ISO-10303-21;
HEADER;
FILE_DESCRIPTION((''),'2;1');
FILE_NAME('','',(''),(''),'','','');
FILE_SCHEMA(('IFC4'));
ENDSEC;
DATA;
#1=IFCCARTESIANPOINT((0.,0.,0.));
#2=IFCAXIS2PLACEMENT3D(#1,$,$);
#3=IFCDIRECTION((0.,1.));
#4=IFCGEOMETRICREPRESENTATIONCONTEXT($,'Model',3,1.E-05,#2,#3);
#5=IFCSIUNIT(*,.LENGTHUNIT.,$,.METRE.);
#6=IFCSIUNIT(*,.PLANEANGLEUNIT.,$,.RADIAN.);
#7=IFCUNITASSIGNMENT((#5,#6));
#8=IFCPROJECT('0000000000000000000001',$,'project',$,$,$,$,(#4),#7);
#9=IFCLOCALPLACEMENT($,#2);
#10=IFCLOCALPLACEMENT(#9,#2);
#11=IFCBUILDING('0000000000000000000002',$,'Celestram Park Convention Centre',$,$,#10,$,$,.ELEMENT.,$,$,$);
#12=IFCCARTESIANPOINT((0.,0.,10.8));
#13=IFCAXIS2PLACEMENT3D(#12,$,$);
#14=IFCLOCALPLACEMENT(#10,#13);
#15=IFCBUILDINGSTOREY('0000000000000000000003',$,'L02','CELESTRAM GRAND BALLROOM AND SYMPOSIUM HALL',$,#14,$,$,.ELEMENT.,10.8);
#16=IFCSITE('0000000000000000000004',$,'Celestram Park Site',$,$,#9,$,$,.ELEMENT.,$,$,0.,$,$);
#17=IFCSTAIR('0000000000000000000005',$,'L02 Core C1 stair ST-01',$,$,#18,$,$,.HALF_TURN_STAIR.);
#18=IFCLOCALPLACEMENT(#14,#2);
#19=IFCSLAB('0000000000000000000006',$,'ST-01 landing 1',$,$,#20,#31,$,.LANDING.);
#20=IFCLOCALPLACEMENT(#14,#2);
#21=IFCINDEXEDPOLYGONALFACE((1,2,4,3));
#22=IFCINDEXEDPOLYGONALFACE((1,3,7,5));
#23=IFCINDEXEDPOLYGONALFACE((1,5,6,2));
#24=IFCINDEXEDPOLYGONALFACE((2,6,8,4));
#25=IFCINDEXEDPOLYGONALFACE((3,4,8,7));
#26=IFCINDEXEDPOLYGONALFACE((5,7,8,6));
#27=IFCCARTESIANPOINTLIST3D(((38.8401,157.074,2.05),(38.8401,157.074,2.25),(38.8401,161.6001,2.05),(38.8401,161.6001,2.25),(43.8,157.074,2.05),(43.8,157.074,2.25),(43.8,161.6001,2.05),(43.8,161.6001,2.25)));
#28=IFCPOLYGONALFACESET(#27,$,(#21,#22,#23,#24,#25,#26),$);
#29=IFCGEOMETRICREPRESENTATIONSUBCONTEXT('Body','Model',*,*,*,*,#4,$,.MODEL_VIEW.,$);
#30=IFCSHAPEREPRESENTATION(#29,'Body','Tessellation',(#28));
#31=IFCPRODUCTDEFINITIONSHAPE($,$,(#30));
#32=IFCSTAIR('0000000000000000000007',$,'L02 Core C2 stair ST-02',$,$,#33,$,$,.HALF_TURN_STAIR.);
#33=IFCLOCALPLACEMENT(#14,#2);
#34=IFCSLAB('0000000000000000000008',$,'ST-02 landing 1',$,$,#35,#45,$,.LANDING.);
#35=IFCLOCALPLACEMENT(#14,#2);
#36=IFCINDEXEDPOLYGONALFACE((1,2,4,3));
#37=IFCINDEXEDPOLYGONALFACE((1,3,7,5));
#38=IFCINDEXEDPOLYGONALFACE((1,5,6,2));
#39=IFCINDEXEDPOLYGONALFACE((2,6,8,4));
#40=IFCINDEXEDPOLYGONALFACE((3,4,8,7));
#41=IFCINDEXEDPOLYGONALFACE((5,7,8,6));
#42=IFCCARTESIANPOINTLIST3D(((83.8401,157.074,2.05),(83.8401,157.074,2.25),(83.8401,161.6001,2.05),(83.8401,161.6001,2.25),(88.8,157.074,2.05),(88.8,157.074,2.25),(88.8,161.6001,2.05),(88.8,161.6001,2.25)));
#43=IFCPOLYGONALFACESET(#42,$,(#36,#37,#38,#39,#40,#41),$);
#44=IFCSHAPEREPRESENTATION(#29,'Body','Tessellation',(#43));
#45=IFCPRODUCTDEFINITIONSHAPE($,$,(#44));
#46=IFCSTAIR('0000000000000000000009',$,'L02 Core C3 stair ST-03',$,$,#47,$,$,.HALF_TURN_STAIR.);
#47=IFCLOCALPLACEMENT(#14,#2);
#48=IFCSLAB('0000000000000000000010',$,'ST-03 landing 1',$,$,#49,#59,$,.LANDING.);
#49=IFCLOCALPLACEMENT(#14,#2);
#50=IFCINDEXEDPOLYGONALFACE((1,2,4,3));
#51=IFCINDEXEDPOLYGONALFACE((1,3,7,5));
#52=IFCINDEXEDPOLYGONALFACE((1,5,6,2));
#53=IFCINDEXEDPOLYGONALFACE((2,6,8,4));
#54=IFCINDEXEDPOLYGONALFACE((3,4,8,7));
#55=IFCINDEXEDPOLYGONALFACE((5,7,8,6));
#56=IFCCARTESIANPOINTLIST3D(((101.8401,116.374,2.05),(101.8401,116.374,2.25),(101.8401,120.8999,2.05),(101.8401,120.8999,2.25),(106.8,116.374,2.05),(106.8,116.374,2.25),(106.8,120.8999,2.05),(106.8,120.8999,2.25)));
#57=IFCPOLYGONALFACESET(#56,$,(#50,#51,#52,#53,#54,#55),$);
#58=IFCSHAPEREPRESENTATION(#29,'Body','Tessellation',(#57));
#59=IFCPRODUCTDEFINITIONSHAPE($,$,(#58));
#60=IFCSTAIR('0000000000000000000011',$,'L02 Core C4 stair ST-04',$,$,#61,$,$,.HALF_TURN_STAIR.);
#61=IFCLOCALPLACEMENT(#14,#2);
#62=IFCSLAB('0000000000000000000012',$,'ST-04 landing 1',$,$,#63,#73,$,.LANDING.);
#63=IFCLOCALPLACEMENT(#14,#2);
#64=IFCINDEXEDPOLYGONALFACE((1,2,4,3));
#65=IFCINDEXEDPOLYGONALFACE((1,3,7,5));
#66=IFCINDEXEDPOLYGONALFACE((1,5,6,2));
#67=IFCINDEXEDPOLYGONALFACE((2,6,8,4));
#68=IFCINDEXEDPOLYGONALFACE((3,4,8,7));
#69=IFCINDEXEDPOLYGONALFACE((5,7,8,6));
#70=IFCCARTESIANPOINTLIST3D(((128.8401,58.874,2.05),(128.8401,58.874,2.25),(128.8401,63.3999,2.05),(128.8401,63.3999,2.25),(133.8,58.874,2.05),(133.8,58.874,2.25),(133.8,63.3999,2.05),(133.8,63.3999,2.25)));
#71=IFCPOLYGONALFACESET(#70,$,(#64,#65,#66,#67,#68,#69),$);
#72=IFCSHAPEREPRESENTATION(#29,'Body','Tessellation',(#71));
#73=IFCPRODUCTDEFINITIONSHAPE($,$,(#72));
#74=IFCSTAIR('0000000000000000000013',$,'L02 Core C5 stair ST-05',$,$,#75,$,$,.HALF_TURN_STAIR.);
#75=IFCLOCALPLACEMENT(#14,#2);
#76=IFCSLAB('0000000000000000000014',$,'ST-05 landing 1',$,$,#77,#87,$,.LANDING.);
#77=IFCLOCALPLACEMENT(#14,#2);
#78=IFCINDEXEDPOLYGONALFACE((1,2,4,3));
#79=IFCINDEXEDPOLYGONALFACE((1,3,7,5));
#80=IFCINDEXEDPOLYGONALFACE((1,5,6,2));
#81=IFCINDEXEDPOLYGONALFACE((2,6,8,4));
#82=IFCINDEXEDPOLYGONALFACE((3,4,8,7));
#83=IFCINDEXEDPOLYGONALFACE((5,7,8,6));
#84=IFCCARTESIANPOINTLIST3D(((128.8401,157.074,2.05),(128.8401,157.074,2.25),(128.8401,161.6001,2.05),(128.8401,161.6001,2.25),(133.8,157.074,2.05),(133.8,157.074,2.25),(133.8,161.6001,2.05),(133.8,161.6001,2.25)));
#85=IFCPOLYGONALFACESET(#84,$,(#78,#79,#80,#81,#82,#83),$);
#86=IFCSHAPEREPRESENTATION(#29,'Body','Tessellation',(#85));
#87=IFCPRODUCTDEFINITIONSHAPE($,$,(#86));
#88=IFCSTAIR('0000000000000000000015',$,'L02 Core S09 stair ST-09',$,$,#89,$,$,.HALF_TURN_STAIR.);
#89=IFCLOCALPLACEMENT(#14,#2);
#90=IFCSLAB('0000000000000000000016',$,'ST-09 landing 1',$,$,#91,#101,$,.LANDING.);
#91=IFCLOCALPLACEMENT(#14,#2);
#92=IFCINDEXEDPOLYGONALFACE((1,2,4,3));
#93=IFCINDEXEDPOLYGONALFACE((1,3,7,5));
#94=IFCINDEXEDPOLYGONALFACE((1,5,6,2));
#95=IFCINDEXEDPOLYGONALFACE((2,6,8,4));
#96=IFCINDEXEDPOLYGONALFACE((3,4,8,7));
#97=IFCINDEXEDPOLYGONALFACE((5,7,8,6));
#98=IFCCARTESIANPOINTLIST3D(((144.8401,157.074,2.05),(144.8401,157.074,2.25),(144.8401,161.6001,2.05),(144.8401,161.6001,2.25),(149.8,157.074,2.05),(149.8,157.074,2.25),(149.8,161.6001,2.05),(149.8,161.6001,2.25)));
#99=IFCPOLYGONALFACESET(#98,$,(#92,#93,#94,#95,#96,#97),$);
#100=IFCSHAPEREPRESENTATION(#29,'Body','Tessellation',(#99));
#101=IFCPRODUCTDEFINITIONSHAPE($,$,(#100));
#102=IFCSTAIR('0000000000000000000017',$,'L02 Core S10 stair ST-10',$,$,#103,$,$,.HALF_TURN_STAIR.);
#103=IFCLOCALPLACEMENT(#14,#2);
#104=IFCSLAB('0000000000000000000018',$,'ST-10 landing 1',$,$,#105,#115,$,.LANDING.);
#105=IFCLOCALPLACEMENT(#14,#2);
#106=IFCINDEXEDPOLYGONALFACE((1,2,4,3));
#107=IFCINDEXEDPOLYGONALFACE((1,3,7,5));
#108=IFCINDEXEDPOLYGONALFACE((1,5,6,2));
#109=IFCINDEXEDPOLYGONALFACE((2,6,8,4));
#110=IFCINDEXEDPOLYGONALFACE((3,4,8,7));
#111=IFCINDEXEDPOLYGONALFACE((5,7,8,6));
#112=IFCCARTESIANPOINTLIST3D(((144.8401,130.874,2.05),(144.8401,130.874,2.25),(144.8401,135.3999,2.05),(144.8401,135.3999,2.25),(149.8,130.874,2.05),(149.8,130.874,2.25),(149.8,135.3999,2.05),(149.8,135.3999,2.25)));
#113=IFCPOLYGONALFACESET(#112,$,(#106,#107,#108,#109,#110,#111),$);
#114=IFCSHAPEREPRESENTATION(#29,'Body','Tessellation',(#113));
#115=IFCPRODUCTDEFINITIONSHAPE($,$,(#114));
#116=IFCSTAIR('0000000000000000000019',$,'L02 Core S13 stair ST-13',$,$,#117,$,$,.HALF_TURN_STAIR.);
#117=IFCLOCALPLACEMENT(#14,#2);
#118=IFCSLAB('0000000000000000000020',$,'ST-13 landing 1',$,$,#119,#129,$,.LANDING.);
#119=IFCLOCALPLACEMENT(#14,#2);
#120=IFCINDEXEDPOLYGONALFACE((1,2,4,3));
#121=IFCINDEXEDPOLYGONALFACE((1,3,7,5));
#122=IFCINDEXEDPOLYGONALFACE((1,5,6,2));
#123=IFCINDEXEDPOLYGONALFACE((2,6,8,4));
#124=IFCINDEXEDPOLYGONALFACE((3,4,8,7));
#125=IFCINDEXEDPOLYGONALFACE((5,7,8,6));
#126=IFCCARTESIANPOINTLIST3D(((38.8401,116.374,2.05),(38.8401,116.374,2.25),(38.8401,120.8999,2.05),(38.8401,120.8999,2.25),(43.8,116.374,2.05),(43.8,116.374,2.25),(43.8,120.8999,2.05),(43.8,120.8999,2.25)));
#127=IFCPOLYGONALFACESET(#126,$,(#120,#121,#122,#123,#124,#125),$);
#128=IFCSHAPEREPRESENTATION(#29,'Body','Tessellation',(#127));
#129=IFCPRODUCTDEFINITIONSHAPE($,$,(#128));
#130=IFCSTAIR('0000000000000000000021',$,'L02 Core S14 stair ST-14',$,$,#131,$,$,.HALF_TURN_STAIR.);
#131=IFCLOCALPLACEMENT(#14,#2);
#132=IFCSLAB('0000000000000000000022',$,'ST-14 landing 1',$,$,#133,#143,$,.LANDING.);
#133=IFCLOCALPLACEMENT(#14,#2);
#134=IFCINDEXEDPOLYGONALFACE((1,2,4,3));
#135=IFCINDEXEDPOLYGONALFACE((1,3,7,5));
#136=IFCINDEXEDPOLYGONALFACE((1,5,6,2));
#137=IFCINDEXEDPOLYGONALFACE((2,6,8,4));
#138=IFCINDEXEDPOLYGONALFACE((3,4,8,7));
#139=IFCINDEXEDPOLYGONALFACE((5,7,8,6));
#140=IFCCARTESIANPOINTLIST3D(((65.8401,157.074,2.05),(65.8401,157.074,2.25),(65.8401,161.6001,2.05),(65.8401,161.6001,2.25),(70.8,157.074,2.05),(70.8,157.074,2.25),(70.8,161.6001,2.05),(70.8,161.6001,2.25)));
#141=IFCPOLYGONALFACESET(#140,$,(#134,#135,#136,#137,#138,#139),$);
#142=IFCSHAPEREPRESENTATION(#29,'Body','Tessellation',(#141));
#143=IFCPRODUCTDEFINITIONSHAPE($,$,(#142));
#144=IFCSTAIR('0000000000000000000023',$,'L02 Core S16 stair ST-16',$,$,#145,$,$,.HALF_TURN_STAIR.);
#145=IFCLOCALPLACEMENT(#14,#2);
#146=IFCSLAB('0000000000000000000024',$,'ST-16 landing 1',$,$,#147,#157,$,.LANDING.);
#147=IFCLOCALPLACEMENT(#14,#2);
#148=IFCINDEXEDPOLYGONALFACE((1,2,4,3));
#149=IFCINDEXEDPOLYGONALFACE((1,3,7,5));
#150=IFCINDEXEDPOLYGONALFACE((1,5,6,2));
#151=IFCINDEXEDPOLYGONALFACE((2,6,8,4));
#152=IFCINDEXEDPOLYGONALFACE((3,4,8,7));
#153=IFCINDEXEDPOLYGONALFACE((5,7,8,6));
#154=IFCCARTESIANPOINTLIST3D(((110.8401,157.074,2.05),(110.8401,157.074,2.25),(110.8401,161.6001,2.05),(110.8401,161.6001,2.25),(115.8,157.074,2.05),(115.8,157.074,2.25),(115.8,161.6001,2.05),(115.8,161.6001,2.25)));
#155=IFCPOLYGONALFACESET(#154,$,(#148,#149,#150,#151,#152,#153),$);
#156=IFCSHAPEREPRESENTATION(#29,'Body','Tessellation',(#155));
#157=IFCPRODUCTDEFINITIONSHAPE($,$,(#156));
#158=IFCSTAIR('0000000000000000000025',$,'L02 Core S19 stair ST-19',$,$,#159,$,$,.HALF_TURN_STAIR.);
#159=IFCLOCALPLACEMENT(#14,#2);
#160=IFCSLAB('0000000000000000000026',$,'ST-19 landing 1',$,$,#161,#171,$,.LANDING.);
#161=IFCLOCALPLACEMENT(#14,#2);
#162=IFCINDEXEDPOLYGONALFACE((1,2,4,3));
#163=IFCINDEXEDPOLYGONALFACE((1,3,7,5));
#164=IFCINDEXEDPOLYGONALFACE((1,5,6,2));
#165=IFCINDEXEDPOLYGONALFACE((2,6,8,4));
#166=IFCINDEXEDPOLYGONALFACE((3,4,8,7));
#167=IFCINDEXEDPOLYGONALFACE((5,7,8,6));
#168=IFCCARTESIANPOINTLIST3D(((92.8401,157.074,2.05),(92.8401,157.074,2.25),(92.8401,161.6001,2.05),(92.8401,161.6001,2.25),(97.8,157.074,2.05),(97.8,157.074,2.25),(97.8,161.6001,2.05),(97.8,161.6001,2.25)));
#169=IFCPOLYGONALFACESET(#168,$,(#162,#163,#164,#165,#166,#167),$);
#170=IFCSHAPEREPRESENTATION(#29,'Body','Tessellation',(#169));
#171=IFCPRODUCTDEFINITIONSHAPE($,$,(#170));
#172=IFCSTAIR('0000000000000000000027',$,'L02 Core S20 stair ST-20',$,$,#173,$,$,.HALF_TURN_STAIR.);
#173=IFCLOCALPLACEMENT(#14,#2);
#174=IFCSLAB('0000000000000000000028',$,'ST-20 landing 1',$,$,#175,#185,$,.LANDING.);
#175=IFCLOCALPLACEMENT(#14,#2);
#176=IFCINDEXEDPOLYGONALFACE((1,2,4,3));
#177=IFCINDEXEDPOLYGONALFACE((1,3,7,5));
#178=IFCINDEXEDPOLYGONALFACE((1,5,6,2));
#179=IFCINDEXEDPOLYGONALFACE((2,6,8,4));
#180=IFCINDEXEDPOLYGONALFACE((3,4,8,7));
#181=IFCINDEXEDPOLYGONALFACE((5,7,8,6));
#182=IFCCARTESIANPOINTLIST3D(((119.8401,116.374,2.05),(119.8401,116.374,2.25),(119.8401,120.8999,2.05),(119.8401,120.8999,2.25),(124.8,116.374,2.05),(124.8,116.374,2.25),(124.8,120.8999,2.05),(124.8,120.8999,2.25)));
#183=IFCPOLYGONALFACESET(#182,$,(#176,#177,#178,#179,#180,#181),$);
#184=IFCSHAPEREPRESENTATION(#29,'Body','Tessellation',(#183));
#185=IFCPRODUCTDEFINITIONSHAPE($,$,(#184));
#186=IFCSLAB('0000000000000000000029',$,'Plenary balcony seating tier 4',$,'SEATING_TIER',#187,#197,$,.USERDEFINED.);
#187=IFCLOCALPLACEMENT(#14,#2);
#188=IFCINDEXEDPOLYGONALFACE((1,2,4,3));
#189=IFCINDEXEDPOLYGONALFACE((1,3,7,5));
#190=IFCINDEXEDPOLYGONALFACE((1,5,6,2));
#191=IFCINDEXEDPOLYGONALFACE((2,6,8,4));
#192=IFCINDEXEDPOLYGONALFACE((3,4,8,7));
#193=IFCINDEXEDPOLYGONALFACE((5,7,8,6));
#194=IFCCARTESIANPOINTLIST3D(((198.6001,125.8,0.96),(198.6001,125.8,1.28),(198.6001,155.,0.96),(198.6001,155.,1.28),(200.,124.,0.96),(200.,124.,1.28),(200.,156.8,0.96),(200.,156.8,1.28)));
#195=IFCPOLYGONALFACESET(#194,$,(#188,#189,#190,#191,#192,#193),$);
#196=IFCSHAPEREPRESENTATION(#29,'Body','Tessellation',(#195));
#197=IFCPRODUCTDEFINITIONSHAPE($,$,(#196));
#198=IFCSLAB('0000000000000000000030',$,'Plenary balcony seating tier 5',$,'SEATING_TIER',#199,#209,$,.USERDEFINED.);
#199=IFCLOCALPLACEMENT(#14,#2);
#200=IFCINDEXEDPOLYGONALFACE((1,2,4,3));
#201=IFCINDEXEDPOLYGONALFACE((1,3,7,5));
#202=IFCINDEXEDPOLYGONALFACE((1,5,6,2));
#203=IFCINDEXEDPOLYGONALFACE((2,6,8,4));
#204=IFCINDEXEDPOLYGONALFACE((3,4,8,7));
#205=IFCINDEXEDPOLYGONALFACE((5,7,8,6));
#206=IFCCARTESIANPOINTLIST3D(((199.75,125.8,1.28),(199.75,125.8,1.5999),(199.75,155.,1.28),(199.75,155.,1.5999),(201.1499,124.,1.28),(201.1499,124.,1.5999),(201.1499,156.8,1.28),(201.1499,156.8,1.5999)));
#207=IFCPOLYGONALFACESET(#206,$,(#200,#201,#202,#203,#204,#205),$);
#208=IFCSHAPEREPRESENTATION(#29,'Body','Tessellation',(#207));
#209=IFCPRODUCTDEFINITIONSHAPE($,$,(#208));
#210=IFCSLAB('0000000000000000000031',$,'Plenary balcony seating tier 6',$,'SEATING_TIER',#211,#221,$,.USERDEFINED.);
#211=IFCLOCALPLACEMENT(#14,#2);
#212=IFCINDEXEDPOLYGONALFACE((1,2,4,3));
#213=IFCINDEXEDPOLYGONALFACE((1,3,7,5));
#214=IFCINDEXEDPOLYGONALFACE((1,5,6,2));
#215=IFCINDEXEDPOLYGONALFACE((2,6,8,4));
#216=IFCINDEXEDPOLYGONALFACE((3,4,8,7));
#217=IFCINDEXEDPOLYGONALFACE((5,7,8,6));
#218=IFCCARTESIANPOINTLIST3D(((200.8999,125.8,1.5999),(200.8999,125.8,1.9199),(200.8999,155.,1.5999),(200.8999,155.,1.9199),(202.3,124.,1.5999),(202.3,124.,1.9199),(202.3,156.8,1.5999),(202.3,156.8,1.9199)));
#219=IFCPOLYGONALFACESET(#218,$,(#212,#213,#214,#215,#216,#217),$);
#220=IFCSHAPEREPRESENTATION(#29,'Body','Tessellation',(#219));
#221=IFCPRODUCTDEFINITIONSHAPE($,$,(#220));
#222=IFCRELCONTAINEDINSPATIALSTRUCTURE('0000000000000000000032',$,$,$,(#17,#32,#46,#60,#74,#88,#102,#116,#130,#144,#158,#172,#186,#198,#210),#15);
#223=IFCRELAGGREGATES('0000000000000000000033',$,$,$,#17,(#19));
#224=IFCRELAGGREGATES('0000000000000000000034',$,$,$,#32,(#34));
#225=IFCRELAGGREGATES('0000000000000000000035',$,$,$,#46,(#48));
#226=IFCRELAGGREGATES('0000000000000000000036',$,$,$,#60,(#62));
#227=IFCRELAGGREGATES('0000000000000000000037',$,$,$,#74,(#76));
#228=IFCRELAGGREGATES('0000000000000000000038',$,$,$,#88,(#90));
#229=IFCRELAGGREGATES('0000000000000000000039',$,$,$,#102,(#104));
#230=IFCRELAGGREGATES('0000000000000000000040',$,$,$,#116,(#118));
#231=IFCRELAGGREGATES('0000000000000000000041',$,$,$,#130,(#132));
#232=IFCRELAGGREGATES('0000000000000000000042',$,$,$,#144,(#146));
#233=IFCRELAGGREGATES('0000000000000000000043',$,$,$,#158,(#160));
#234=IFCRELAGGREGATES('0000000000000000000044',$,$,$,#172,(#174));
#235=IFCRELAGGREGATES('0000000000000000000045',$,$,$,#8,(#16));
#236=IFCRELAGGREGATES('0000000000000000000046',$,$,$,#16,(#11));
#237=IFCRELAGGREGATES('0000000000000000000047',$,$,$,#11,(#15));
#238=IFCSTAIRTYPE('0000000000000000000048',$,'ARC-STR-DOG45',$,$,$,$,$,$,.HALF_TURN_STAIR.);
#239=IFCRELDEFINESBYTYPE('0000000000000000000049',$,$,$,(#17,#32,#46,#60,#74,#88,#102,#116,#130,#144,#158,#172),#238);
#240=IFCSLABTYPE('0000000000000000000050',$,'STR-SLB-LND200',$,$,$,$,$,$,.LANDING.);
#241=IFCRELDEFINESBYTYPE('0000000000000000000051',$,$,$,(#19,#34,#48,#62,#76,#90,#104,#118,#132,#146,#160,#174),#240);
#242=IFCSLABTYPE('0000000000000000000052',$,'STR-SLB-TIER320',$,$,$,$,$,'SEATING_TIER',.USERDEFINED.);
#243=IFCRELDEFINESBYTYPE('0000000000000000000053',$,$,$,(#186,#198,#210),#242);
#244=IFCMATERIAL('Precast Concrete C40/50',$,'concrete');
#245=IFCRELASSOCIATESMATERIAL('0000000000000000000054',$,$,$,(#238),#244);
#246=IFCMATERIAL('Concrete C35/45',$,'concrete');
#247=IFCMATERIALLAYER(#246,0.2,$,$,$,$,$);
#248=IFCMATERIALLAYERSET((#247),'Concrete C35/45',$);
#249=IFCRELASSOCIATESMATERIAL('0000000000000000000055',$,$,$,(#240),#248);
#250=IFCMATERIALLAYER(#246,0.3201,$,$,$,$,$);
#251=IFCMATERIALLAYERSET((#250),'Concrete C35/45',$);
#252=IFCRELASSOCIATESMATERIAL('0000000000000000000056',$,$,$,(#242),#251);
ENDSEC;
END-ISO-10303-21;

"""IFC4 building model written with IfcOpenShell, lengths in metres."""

from ifc_helpers import new_model, si_unit, direction, frame, origin, place, context, subcontext, project, spatial, polyline, outline, extrude, material, layer, layer_set, type_object, element, aggregate, save


model = new_model("IFC4")

# Units and contexts
model_context = context("Model", 3, precision=1e-05, world=origin(), true_north=direction((0.0, 1.0)))
body_context = subcontext(model_context, "Body", "Model", "MODEL_VIEW")
ifc_project = project(units=[si_unit("LENGTHUNIT", "METRE"), si_unit("PLANEANGLEUNIT", "RADIAN")], contexts=[model_context])

# Site, building, storey
site_placement = place(None, origin())
site = spatial("IfcSite", under=ifc_project, at=site_placement, Name="Celestram Park Site", CompositionType="ELEMENT", RefElevation=0.0)
building_placement = place(site_placement, origin())
building = spatial("IfcBuilding", under=site, at=building_placement, Name="Celestram Park Convention Centre", CompositionType="ELEMENT")
storey_placement = place(building_placement, frame((0.0, 0.0, 10.8)))
storey = spatial("IfcBuildingStorey", under=building, at=storey_placement, Name="L02", Description="CELESTRAM GRAND BALLROOM AND SYMPOSIUM HALL", CompositionType="ELEMENT", Elevation=10.8)

# Stairs, slabs
ifc_material_1 = material(Name="Precast Concrete C40/50", Category="concrete")
stair_type = type_object("IfcStairType", Name="ARC-STR-DOG45", PredefinedType="HALF_TURN_STAIR", material=ifc_material_1)
stair_1_placement = place(storey_placement, origin())
stair_1 = element("IfcStair", 1, at=stair_1_placement, inside=storey, type_object=stair_type, Name="L02 Core C1 stair ST-01", PredefinedType="HALF_TURN_STAIR")
ifc_material_2 = material(Name="Concrete C35/45", Category="concrete")
ifc_layer_1 = layer(ifc_material_2, 0.2)
ifc_layer_set_1 = layer_set([ifc_layer_1], Name="Concrete C35/45")
slab_type_1 = type_object("IfcSlabType", Name="STR-SLB-LND200", PredefinedType="LANDING", material=ifc_layer_set_1)
slab_1_placement = place(storey_placement, frame((0.0, 0.0, 2.05)))
slab_1 = element("IfcSlab", 2, at=slab_1_placement, type_object=slab_type_1, Name="ST-01 landing 1", PredefinedType="LANDING", context=body_context, shape_type="SweptSolid", body=[
    extrude(outline(polyline([(43.8, 157.074), (43.8, 161.6001), (38.8401, 161.6001), (38.8401, 157.074), (43.8, 157.074)])), origin(), (0.0, 0.0, 1.0), 0.2),
])
aggregate(stair_1, [slab_1])
stair_2_placement = place(storey_placement, origin())
stair_2 = element("IfcStair", 3, at=stair_2_placement, inside=storey, type_object=stair_type, Name="L02 Core C2 stair ST-02", PredefinedType="HALF_TURN_STAIR")
slab_2_placement = place(storey_placement, frame((0.0, 0.0, 2.05)))
slab_2 = element("IfcSlab", 4, at=slab_2_placement, type_object=slab_type_1, Name="ST-02 landing 1", PredefinedType="LANDING", context=body_context, shape_type="SweptSolid", body=[
    extrude(outline(polyline([(88.8, 157.074), (88.8, 161.6001), (83.8401, 161.6001), (83.8401, 157.074), (88.8, 157.074)])), origin(), (0.0, 0.0, 1.0), 0.2),
])
aggregate(stair_2, [slab_2])
stair_3_placement = place(storey_placement, origin())
stair_3 = element("IfcStair", 5, at=stair_3_placement, inside=storey, type_object=stair_type, Name="L02 Core C3 stair ST-03", PredefinedType="HALF_TURN_STAIR")
slab_3_placement = place(storey_placement, frame((0.0, 0.0, 2.05)))
slab_3 = element("IfcSlab", 6, at=slab_3_placement, type_object=slab_type_1, Name="ST-03 landing 1", PredefinedType="LANDING", context=body_context, shape_type="SweptSolid", body=[
    extrude(outline(polyline([(106.8, 116.374), (106.8, 120.8999), (101.8401, 120.8999), (101.8401, 116.374), (106.8, 116.374)])), origin(), (0.0, 0.0, 1.0), 0.2),
])
aggregate(stair_3, [slab_3])
stair_4_placement = place(storey_placement, origin())
stair_4 = element("IfcStair", 7, at=stair_4_placement, inside=storey, type_object=stair_type, Name="L02 Core C4 stair ST-04", PredefinedType="HALF_TURN_STAIR")
slab_4_placement = place(storey_placement, frame((0.0, 0.0, 2.05)))
slab_4 = element("IfcSlab", 8, at=slab_4_placement, type_object=slab_type_1, Name="ST-04 landing 1", PredefinedType="LANDING", context=body_context, shape_type="SweptSolid", body=[
    extrude(outline(polyline([(133.8, 58.874), (133.8, 63.3999), (128.8401, 63.3999), (128.8401, 58.874), (133.8, 58.874)])), origin(), (0.0, 0.0, 1.0), 0.2),
])
aggregate(stair_4, [slab_4])
stair_5_placement = place(storey_placement, origin())
stair_5 = element("IfcStair", 9, at=stair_5_placement, inside=storey, type_object=stair_type, Name="L02 Core C5 stair ST-05", PredefinedType="HALF_TURN_STAIR")
slab_5_placement = place(storey_placement, frame((0.0, 0.0, 2.05)))
slab_5 = element("IfcSlab", 10, at=slab_5_placement, type_object=slab_type_1, Name="ST-05 landing 1", PredefinedType="LANDING", context=body_context, shape_type="SweptSolid", body=[
    extrude(outline(polyline([(133.8, 157.074), (133.8, 161.6001), (128.8401, 161.6001), (128.8401, 157.074), (133.8, 157.074)])), origin(), (0.0, 0.0, 1.0), 0.2),
])
aggregate(stair_5, [slab_5])
stair_6_placement = place(storey_placement, origin())
stair_6 = element("IfcStair", 11, at=stair_6_placement, inside=storey, type_object=stair_type, Name="L02 Core S09 stair ST-09", PredefinedType="HALF_TURN_STAIR")
slab_6_placement = place(storey_placement, frame((0.0, 0.0, 2.05)))
slab_6 = element("IfcSlab", 12, at=slab_6_placement, type_object=slab_type_1, Name="ST-09 landing 1", PredefinedType="LANDING", context=body_context, shape_type="SweptSolid", body=[
    extrude(outline(polyline([(149.8, 157.074), (149.8, 161.6001), (144.8401, 161.6001), (144.8401, 157.074), (149.8, 157.074)])), origin(), (0.0, 0.0, 1.0), 0.2),
])
aggregate(stair_6, [slab_6])
stair_7_placement = place(storey_placement, origin())
stair_7 = element("IfcStair", 13, at=stair_7_placement, inside=storey, type_object=stair_type, Name="L02 Core S10 stair ST-10", PredefinedType="HALF_TURN_STAIR")
slab_7_placement = place(storey_placement, frame((0.0, 0.0, 2.05)))
slab_7 = element("IfcSlab", 14, at=slab_7_placement, type_object=slab_type_1, Name="ST-10 landing 1", PredefinedType="LANDING", context=body_context, shape_type="SweptSolid", body=[
    extrude(outline(polyline([(149.8, 130.874), (149.8, 135.3999), (144.8401, 135.3999), (144.8401, 130.874), (149.8, 130.874)])), origin(), (0.0, 0.0, 1.0), 0.2),
])
aggregate(stair_7, [slab_7])
stair_8_placement = place(storey_placement, origin())
stair_8 = element("IfcStair", 15, at=stair_8_placement, inside=storey, type_object=stair_type, Name="L02 Core S13 stair ST-13", PredefinedType="HALF_TURN_STAIR")
slab_8_placement = place(storey_placement, frame((0.0, 0.0, 2.05)))
slab_8 = element("IfcSlab", 16, at=slab_8_placement, type_object=slab_type_1, Name="ST-13 landing 1", PredefinedType="LANDING", context=body_context, shape_type="SweptSolid", body=[
    extrude(outline(polyline([(43.8, 116.374), (43.8, 120.8999), (38.8401, 120.8999), (38.8401, 116.374), (43.8, 116.374)])), origin(), (0.0, 0.0, 1.0), 0.2),
])
aggregate(stair_8, [slab_8])
stair_9_placement = place(storey_placement, origin())
stair_9 = element("IfcStair", 17, at=stair_9_placement, inside=storey, type_object=stair_type, Name="L02 Core S14 stair ST-14", PredefinedType="HALF_TURN_STAIR")
slab_9_placement = place(storey_placement, frame((0.0, 0.0, 2.05)))
slab_9 = element("IfcSlab", 18, at=slab_9_placement, type_object=slab_type_1, Name="ST-14 landing 1", PredefinedType="LANDING", context=body_context, shape_type="SweptSolid", body=[
    extrude(outline(polyline([(70.8, 157.074), (70.8, 161.6001), (65.8401, 161.6001), (65.8401, 157.074), (70.8, 157.074)])), origin(), (0.0, 0.0, 1.0), 0.2),
])
aggregate(stair_9, [slab_9])
stair_10_placement = place(storey_placement, origin())
stair_10 = element("IfcStair", 19, at=stair_10_placement, inside=storey, type_object=stair_type, Name="L02 Core S16 stair ST-16", PredefinedType="HALF_TURN_STAIR")
slab_10_placement = place(storey_placement, frame((0.0, 0.0, 2.05)))
slab_10 = element("IfcSlab", 20, at=slab_10_placement, type_object=slab_type_1, Name="ST-16 landing 1", PredefinedType="LANDING", context=body_context, shape_type="SweptSolid", body=[
    extrude(outline(polyline([(115.8, 157.074), (115.8, 161.6001), (110.8401, 161.6001), (110.8401, 157.074), (115.8, 157.074)])), origin(), (0.0, 0.0, 1.0), 0.2),
])
aggregate(stair_10, [slab_10])
stair_11_placement = place(storey_placement, origin())
stair_11 = element("IfcStair", 21, at=stair_11_placement, inside=storey, type_object=stair_type, Name="L02 Core S19 stair ST-19", PredefinedType="HALF_TURN_STAIR")
slab_11_placement = place(storey_placement, frame((0.0, 0.0, 2.05)))
slab_11 = element("IfcSlab", 22, at=slab_11_placement, type_object=slab_type_1, Name="ST-19 landing 1", PredefinedType="LANDING", context=body_context, shape_type="SweptSolid", body=[
    extrude(outline(polyline([(97.8, 157.074), (97.8, 161.6001), (92.8401, 161.6001), (92.8401, 157.074), (97.8, 157.074)])), origin(), (0.0, 0.0, 1.0), 0.2),
])
aggregate(stair_11, [slab_11])
stair_12_placement = place(storey_placement, origin())
stair_12 = element("IfcStair", 23, at=stair_12_placement, inside=storey, type_object=stair_type, Name="L02 Core S20 stair ST-20", PredefinedType="HALF_TURN_STAIR")
slab_12_placement = place(storey_placement, frame((0.0, 0.0, 2.05)))
slab_12 = element("IfcSlab", 24, at=slab_12_placement, type_object=slab_type_1, Name="ST-20 landing 1", PredefinedType="LANDING", context=body_context, shape_type="SweptSolid", body=[
    extrude(outline(polyline([(124.8, 116.374), (124.8, 120.8999), (119.8401, 120.8999), (119.8401, 116.374), (124.8, 116.374)])), origin(), (0.0, 0.0, 1.0), 0.2),
])
aggregate(stair_12, [slab_12])

# Slabs
ifc_layer_2 = layer(ifc_material_2, 0.3201)
ifc_layer_set_2 = layer_set([ifc_layer_2], Name="Concrete C35/45")
slab_type_2 = type_object("IfcSlabType", Name="STR-SLB-TIER320", ElementType="SEATING_TIER", PredefinedType="USERDEFINED", material=ifc_layer_set_2)
slab_13_placement = place(storey_placement, frame((0.0, 0.0, 0.96)))
element("IfcSlab", 25, at=slab_13_placement, inside=storey, type_object=slab_type_2, Name="Plenary balcony seating tier 4", ObjectType="SEATING_TIER", PredefinedType="USERDEFINED", context=body_context, shape_type="SweptSolid", body=[
    extrude(outline(polyline([(198.6001, 125.8), (200.0, 124.0), (200.0, 156.8), (198.6001, 155.0), (198.6001, 125.8)])), origin(), (0.0, 0.0, 1.0), 0.3201),
])
slab_14_placement = place(storey_placement, frame((0.0, 0.0, 1.28)))
element("IfcSlab", 26, at=slab_14_placement, inside=storey, type_object=slab_type_2, Name="Plenary balcony seating tier 5", ObjectType="SEATING_TIER", PredefinedType="USERDEFINED", context=body_context, shape_type="SweptSolid", body=[
    extrude(outline(polyline([(199.75, 125.8), (201.1499, 124.0), (201.1499, 156.8), (199.75, 155.0), (199.75, 125.8)])), origin(), (0.0, 0.0, 1.0), 0.3198),
])
slab_15_placement = place(storey_placement, frame((0.0, 0.0, 1.5999)))
element("IfcSlab", 27, at=slab_15_placement, inside=storey, type_object=slab_type_2, Name="Plenary balcony seating tier 6", ObjectType="SEATING_TIER", PredefinedType="USERDEFINED", context=body_context, shape_type="SweptSolid", body=[
    extrude(outline(polyline([(200.8999, 125.8), (202.3, 124.0), (202.3, 156.8), (200.8999, 155.0), (200.8999, 125.8)])), origin(), (0.0, 0.0, 1.0), 0.3201),
])

save(model, "model.ifc")
